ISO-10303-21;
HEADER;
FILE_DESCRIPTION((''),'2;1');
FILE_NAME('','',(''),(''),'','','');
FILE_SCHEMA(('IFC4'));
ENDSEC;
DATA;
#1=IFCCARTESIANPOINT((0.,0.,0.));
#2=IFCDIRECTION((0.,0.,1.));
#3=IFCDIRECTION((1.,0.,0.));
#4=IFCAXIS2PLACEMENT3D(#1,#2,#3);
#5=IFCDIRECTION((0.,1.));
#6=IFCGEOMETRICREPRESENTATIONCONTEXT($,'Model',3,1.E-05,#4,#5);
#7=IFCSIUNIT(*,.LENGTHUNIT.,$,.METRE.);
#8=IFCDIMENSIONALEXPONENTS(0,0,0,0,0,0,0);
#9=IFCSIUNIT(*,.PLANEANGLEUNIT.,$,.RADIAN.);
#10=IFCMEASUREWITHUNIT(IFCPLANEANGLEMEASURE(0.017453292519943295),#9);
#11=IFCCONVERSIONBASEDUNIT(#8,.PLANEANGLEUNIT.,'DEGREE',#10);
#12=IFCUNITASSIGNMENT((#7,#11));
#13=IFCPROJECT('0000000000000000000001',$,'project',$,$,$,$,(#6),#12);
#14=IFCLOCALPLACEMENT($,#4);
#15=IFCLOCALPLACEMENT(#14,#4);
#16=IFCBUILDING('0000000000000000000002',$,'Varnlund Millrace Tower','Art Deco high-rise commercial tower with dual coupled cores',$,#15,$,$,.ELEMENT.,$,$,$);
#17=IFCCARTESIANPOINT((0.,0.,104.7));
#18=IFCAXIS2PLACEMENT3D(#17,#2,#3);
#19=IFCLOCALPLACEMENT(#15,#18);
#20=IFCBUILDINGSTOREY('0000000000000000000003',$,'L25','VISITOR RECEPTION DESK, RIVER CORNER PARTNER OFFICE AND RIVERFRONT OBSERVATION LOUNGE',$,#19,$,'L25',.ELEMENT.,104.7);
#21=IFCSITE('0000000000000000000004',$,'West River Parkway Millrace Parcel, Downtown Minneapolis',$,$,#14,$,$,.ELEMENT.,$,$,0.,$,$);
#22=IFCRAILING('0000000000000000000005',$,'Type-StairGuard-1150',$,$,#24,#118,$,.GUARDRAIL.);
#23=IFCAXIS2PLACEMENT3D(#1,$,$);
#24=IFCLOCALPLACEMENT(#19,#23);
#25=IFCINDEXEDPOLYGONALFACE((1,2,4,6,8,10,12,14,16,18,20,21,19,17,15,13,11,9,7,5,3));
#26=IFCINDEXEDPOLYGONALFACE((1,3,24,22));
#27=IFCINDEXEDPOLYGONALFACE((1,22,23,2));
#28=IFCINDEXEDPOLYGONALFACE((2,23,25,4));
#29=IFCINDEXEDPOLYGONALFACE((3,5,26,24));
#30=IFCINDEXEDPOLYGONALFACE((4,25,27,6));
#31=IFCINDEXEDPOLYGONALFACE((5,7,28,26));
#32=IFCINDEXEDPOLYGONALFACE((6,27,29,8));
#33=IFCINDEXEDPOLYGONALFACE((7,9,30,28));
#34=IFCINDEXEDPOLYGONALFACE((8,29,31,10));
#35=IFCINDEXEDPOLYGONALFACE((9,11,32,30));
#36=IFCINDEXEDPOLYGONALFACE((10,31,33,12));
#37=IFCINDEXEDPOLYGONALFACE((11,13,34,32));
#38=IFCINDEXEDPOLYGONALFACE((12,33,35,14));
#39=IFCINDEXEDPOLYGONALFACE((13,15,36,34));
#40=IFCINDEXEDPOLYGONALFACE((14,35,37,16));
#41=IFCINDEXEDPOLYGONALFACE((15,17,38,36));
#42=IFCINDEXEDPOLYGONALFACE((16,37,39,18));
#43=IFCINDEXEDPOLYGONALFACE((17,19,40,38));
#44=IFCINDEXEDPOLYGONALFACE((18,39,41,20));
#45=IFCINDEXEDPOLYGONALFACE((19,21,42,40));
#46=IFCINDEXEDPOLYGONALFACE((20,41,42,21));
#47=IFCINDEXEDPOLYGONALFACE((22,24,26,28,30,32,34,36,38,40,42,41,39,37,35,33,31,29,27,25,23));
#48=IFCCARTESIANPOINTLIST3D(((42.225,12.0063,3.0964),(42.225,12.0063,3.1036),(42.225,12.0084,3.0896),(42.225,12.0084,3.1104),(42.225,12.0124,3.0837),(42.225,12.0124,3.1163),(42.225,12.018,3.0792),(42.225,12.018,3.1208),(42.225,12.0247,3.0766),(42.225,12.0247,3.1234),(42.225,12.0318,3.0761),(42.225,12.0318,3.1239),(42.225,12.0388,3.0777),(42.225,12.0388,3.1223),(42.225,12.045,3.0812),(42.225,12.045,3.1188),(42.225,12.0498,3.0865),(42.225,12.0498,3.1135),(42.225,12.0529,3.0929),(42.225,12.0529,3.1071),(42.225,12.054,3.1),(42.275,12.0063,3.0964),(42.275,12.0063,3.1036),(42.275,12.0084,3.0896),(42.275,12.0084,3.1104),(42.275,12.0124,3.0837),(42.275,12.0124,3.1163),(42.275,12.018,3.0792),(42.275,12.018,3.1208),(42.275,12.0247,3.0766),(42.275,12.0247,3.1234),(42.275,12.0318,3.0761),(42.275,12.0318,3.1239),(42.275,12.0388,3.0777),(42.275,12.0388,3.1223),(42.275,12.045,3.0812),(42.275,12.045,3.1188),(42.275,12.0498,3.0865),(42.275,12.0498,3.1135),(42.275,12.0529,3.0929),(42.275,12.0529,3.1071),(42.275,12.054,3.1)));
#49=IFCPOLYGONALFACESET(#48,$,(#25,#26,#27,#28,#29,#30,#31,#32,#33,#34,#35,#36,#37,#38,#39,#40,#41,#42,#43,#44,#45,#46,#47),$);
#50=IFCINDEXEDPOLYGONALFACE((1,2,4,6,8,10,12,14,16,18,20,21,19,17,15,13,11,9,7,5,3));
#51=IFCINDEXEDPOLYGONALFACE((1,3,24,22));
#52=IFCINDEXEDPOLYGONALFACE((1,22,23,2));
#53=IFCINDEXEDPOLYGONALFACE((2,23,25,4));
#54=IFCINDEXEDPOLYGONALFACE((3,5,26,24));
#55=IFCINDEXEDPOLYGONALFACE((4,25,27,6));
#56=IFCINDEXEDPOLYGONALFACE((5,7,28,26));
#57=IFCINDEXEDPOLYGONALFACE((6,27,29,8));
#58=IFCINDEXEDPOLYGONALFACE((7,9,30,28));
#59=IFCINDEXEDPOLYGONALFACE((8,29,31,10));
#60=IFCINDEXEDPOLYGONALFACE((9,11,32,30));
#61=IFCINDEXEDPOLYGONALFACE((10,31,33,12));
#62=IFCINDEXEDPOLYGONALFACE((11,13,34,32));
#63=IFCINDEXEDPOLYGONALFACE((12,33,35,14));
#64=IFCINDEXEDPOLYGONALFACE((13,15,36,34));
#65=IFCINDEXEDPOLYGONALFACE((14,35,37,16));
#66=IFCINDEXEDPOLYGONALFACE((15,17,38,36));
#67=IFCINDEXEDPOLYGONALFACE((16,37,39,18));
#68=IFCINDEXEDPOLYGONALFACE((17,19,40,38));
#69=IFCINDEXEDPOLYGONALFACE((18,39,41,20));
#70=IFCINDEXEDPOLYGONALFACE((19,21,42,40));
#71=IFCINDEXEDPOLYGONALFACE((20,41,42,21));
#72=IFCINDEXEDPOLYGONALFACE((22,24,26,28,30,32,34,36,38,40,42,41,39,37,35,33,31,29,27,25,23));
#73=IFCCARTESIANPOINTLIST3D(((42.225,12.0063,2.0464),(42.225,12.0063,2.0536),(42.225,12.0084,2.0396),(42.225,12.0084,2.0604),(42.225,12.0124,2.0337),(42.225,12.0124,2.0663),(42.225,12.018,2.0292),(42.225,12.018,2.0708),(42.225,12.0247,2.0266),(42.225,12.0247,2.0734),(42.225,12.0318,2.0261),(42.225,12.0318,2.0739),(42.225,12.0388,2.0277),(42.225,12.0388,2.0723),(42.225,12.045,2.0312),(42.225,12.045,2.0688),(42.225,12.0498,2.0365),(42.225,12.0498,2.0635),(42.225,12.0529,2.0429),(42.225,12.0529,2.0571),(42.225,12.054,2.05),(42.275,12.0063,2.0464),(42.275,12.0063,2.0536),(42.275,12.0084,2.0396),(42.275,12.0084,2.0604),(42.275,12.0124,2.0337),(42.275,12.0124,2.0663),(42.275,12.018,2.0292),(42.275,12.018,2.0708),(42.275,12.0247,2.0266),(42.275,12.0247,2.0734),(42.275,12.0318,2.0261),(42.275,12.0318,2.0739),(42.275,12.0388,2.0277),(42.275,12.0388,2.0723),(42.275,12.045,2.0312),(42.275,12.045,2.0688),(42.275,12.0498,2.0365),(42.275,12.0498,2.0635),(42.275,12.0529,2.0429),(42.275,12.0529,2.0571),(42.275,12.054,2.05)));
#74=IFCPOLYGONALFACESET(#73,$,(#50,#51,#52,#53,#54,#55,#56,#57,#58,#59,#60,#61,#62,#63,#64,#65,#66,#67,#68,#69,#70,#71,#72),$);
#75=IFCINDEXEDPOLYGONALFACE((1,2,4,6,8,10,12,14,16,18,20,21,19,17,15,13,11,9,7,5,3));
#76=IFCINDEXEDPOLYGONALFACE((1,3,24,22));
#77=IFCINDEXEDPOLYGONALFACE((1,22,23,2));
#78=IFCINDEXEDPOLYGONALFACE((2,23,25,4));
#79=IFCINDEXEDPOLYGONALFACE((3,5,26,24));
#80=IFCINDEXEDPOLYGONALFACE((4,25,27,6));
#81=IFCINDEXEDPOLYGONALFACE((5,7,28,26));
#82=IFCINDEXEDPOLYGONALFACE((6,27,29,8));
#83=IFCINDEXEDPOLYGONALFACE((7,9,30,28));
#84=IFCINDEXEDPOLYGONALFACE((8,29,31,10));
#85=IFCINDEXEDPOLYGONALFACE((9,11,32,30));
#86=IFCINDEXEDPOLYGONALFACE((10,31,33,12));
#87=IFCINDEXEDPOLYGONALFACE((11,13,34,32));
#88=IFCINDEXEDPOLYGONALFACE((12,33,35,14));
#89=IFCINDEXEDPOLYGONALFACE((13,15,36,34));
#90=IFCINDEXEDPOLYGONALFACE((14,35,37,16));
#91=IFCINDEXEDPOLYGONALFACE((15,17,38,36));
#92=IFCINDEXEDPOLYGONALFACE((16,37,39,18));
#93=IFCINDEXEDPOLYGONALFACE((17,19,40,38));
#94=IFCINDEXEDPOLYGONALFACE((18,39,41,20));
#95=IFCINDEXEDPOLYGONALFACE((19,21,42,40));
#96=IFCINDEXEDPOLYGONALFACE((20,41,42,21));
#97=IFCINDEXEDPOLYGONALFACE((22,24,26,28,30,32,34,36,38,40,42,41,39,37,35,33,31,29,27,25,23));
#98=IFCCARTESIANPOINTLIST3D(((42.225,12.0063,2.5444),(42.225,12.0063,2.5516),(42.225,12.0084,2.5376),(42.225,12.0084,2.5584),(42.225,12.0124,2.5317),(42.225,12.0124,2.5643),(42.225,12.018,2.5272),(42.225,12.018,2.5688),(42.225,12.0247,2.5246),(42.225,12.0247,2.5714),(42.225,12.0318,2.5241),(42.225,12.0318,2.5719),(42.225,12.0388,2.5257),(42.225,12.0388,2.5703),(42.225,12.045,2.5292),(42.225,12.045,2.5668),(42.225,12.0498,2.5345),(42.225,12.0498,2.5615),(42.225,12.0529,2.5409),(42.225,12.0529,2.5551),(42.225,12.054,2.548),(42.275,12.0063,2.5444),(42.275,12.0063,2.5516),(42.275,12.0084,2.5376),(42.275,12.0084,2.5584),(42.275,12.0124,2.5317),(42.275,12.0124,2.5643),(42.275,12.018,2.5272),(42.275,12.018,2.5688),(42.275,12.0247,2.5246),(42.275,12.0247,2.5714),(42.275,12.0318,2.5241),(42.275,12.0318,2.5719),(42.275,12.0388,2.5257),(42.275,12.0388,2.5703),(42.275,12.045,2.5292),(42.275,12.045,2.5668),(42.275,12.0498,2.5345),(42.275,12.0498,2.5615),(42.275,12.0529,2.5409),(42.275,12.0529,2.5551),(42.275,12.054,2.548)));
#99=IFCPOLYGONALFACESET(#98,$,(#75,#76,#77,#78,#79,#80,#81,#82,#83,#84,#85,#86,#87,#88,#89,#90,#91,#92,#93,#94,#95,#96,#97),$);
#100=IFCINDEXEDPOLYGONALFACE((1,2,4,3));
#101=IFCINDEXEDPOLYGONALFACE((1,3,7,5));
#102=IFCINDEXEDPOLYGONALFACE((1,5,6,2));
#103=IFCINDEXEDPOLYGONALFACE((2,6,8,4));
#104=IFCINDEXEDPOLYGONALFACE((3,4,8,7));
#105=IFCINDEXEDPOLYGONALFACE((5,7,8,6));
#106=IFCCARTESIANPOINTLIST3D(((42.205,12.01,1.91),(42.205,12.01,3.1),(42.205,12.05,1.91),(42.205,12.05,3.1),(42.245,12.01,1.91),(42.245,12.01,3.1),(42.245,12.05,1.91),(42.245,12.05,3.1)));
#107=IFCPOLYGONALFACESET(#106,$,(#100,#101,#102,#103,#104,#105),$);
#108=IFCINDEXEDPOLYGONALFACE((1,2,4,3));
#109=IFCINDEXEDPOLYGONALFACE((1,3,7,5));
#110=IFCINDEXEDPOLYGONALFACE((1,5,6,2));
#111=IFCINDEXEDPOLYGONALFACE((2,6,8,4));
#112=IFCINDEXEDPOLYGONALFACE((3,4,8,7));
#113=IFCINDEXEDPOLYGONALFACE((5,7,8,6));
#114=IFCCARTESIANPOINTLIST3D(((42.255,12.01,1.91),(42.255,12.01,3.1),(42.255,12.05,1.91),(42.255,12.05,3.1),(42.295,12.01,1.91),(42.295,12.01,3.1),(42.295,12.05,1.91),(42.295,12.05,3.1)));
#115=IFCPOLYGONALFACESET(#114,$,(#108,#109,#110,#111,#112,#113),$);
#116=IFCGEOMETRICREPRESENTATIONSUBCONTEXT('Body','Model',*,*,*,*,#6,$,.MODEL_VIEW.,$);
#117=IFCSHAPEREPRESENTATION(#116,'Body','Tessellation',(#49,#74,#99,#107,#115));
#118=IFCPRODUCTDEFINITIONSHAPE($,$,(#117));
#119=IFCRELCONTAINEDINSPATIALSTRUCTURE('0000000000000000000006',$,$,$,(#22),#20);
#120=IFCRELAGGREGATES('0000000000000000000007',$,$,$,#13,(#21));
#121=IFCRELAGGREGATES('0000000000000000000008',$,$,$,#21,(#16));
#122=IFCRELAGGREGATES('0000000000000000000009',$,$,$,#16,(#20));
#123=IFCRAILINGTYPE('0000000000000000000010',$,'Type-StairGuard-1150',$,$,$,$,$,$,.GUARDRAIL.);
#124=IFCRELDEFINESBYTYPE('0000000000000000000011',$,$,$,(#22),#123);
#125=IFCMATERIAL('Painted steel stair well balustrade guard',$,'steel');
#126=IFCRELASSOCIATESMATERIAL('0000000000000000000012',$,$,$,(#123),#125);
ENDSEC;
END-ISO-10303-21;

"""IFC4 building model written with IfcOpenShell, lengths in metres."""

from ifc_helpers import new_model, entity, si_unit, converted_unit, direction, frame, origin_with_axes, origin_2d_with_axis, place, context, subcontext, project, spatial, rectangle, circle, extrude, material, type_object, element, save


model = new_model("IFC4")

# Units and contexts
model_context = context("Model", 3, precision=1e-05, world=origin_with_axes(), true_north=direction((0.0, 1.0)))
body_context = subcontext(model_context, "Body", "Model", "MODEL_VIEW")
ifc_project = project(units=[si_unit("LENGTHUNIT", "METRE"), converted_unit("PLANEANGLEUNIT", "DEGREE", entity("IfcPlaneAngleMeasure", 0.017453292519943295), si_unit("PLANEANGLEUNIT", "RADIAN"), dimensions=[0, 0, 0, 0, 0, 0, 0])], contexts=[model_context])

# Site, building, storey
site_placement = place(None, origin_with_axes())
site = spatial("IfcSite", under=ifc_project, at=site_placement, Name="West River Parkway Millrace Parcel, Downtown Minneapolis", CompositionType="ELEMENT", RefElevation=0.0)
building_placement = place(site_placement, origin_with_axes())
building = spatial("IfcBuilding", under=site, at=building_placement, Name="Varnlund Millrace Tower", Description="Art Deco high-rise commercial tower with dual coupled cores", CompositionType="ELEMENT")
storey_placement = place(building_placement, frame((0.0, 0.0, 104.7), z_axis=(0.0, 0.0, 1.0), x_axis=(1.0, 0.0, 0.0)))
storey = spatial("IfcBuildingStorey", under=building, at=storey_placement, Name="L25", Description="VISITOR RECEPTION DESK, RIVER CORNER PARTNER OFFICE AND RIVERFRONT OBSERVATION LOUNGE", LongName="L25", CompositionType="ELEMENT", Elevation=104.7)

# Railing
ifc_material_1 = material(Name="Painted steel stair well balustrade guard", Category="steel")
railing_type_1 = type_object("IfcRailingType", Name="Type-StairGuard-1150", PredefinedType="GUARDRAIL", material=ifc_material_1)
railing_1_placement = place(storey_placement, frame((0.0, 0.0, -104.7), z_axis=(0.0, 0.0, 1.0), x_axis=(1.0, 0.0, 0.0)))
element("IfcRailing", 1, at=railing_1_placement, inside=storey, type_object=railing_type_1, Name="Type-StairGuard-1150", PredefinedType="GUARDRAIL", context=body_context, shape_type="SweptSolid", body=[
    extrude(circle(Radius=0.024, at=origin_2d_with_axis()), frame((42.225, 12.03, 107.8), z_axis=(1.0, 0.0, 0.0), x_axis=(0.0, 1.0, 0.0)), (0.0, 0.0, 1.0), 0.05),
    extrude(circle(Radius=0.024, at=origin_2d_with_axis()), frame((42.225, 12.03, 106.75), z_axis=(1.0, 0.0, 0.0), x_axis=(0.0, 1.0, 0.0)), (0.0, 0.0, 1.0), 0.05),
    extrude(circle(Radius=0.024, at=origin_2d_with_axis()), frame((42.225, 12.03, 107.248), z_axis=(1.0, 0.0, 0.0), x_axis=(0.0, 1.0, 0.0)), (0.0, 0.0, 1.0), 0.05),
    extrude(rectangle(XDim=0.04, YDim=0.04, at=origin_2d_with_axis()), frame((42.225, 12.03, 106.61), z_axis=(0.0, 0.0, 1.0), x_axis=(1.0, 0.0, 0.0)), (0.0, 0.0, 1.0), 1.19),
    extrude(rectangle(XDim=0.04, YDim=0.04, at=origin_2d_with_axis()), frame((42.275, 12.03, 106.61), z_axis=(0.0, 0.0, 1.0), x_axis=(1.0, 0.0, 0.0)), (0.0, 0.0, 1.0), 1.19),
])

save(model, "model.ifc")
